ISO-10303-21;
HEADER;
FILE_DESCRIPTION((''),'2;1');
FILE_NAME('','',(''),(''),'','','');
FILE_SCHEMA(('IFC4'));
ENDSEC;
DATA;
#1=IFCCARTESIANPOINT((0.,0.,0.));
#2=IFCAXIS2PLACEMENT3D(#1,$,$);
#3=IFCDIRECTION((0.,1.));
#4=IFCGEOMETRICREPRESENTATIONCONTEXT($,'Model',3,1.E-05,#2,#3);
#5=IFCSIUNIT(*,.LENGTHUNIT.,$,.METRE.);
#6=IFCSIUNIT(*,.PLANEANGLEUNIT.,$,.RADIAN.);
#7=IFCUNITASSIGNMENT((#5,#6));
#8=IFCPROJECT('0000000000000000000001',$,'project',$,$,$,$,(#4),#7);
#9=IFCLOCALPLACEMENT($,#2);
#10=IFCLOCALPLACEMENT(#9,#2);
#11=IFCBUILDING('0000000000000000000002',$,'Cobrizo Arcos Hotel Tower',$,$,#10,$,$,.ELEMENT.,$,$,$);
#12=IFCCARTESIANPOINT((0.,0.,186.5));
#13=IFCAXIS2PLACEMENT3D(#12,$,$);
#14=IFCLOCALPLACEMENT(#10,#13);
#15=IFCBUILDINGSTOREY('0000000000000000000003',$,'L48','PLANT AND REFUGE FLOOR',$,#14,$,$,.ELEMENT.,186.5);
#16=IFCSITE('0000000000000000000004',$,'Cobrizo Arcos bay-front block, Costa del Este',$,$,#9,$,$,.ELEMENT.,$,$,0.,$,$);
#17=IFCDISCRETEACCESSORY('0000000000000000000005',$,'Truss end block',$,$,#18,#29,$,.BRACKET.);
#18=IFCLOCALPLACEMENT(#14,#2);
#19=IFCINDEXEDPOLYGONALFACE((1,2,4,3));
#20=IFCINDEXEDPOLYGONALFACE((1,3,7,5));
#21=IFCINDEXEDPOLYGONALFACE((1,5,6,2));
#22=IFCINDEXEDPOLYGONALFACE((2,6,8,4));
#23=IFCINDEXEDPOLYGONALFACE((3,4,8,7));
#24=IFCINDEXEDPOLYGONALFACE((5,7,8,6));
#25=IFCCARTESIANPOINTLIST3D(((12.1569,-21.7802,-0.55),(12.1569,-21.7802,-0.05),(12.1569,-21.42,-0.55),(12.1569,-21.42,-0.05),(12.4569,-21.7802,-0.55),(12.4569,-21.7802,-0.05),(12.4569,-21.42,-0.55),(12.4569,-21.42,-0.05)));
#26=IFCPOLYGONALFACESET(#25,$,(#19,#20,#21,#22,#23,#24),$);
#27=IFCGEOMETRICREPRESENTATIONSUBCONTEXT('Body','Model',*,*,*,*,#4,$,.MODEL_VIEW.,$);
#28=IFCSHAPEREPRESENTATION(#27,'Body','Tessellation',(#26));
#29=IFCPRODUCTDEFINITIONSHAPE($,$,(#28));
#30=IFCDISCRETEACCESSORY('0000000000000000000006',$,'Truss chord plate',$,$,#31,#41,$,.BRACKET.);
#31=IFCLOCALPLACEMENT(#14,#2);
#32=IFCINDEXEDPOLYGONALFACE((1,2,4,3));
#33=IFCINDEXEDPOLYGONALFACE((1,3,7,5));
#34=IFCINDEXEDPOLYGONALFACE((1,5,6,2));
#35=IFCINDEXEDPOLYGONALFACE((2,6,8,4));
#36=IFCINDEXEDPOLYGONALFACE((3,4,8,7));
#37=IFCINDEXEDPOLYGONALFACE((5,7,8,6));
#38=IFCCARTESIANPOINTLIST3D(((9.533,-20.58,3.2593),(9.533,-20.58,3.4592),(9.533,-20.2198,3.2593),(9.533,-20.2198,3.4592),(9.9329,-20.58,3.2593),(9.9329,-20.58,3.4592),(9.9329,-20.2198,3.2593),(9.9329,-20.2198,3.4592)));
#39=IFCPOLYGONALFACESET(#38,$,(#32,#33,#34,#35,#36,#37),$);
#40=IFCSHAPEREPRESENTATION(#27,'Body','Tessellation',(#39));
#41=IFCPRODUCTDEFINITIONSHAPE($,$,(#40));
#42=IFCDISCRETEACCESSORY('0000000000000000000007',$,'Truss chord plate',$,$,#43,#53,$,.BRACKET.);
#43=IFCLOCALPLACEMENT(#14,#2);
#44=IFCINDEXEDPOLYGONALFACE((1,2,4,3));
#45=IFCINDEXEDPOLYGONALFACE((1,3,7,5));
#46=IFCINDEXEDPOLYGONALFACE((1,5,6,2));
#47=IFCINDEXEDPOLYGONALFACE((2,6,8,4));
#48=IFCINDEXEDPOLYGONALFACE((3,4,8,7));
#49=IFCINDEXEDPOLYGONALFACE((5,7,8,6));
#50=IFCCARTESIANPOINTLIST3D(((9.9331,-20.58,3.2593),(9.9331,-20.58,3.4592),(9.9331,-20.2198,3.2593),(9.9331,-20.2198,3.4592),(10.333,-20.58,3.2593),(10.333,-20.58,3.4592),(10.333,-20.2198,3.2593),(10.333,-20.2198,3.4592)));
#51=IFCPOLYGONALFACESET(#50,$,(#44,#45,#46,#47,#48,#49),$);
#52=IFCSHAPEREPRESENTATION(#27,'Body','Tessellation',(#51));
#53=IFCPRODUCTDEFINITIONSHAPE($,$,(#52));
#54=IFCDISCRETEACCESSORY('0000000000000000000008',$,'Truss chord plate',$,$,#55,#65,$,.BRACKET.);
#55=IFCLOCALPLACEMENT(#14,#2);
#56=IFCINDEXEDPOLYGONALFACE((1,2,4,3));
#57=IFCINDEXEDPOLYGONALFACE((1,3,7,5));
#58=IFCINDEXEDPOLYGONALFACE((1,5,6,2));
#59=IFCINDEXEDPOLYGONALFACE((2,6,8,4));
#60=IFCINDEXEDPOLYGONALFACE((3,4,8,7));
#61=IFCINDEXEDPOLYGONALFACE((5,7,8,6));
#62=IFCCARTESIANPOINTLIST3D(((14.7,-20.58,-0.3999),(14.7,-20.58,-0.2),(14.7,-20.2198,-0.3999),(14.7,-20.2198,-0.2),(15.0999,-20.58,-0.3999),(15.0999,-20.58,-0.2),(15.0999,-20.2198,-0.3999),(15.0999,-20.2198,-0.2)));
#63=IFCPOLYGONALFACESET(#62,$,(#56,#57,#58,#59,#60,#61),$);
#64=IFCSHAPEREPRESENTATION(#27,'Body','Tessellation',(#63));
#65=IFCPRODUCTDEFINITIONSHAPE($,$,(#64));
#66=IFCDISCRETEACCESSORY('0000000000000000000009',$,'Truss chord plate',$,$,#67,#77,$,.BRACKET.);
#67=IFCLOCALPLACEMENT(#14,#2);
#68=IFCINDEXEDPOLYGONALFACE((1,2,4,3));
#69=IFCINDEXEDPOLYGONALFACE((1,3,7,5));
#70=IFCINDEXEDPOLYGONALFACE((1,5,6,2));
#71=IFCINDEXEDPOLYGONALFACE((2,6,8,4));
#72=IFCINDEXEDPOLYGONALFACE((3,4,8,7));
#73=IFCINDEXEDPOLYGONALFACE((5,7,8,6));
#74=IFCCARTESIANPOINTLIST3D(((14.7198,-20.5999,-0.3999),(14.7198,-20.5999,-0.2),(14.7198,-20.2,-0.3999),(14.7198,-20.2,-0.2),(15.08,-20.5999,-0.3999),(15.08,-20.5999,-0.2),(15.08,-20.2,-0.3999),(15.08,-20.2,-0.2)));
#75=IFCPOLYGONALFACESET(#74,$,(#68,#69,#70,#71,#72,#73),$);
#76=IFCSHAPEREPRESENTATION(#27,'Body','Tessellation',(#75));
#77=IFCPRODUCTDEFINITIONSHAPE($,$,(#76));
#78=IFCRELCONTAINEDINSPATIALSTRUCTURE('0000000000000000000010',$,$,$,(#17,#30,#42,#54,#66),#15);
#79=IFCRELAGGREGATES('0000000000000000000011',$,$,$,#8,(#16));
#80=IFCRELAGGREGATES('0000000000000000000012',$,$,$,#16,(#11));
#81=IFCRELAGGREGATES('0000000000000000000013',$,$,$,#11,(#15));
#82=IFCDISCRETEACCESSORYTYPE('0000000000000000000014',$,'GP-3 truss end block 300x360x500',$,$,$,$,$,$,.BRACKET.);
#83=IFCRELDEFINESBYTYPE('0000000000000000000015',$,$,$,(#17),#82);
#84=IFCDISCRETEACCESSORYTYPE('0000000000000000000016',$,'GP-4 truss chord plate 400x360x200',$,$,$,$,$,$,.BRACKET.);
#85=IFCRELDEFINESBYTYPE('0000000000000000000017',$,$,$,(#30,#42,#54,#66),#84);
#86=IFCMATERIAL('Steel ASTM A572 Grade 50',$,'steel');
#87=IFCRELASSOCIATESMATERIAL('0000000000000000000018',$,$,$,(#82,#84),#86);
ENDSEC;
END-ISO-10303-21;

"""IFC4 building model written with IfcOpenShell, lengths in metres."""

from ifc_helpers import new_model, si_unit, direction, frame, origin, origin_2d, place, context, subcontext, project, spatial, rectangle, extrude, material, type_object, element, save


model = new_model("IFC4")

# Units and contexts
model_context = context("Model", 3, precision=1e-05, world=origin(), true_north=direction((0.0, 1.0)))
body_context = subcontext(model_context, "Body", "Model", "MODEL_VIEW")
ifc_project = project(units=[si_unit("LENGTHUNIT", "METRE"), si_unit("PLANEANGLEUNIT", "RADIAN")], contexts=[model_context])

# Site, building, storey
site_placement = place(None, origin())
site = spatial("IfcSite", under=ifc_project, at=site_placement, Name="Cobrizo Arcos bay-front block, Costa del Este", CompositionType="ELEMENT", RefElevation=0.0)
building_placement = place(site_placement, origin())
building = spatial("IfcBuilding", under=site, at=building_placement, Name="Cobrizo Arcos Hotel Tower", CompositionType="ELEMENT")
storey_placement = place(building_placement, frame((0.0, 0.0, 186.5)))
storey = spatial("IfcBuildingStorey", under=building, at=storey_placement, Name="L48", Description="PLANT AND REFUGE FLOOR", CompositionType="ELEMENT", Elevation=186.5)

# Shared definitions
ifc_material_1 = material(Name="Steel ASTM A572 Grade 50", Category="steel")

# Discrete accessories
discrete_accessory_type_1 = type_object("IfcDiscreteAccessoryType", Name="GP-3 truss end block 300x360x500", PredefinedType="BRACKET", material=ifc_material_1)
for number, where, z_axis, x_axis, name in (
    (1, (12.3069, -21.6001, -0.55), (0.0, 0.0, 1.0), (1.0, 0.0, 0.0), "Truss end block"),
):
    element("IfcDiscreteAccessory", number, at=place(storey_placement, frame(where, z_axis=z_axis, x_axis=x_axis)), inside=storey, type_object=discrete_accessory_type_1, Name=name, PredefinedType="BRACKET", context=body_context, shape_type="SweptSolid", body=[
        extrude(rectangle(XDim=0.3, YDim=0.3601, at=origin_2d()), origin(), (0.0, 0.0, 1.0), 0.5),
    ])
discrete_accessory_type_2 = type_object("IfcDiscreteAccessoryType", Name="GP-4 truss chord plate 400x360x200", PredefinedType="BRACKET", material=ifc_material_1)
for number, where, z_axis, x_axis, name in (
    (2, (9.7329, -20.3999, 3.2593), (0.0, 0.0, 1.0), (1.0, 0.0, 0.0), "Truss chord plate"),
    (3, (10.1331, -20.3999, 3.2593), (0.0, 0.0, 1.0), (1.0, 0.0, 0.0), "Truss chord plate"),
    (4, (14.8999, -20.3999, -0.3999), (0.0, 0.0, 1.0), (1.0, 0.0, 0.0), "Truss chord plate"),
    (5, (14.8999, -20.3999, -0.3999), (0.0, 0.0, 1.0), (0.0, 1.0, 0.0), "Truss chord plate"),
):
    element("IfcDiscreteAccessory", number, at=place(storey_placement, frame(where, z_axis=z_axis, x_axis=x_axis)), inside=storey, type_object=discrete_accessory_type_2, Name=name, PredefinedType="BRACKET", context=body_context, shape_type="SweptSolid", body=[
        extrude(rectangle(XDim=0.3999, YDim=0.3601, at=origin_2d()), origin(), (0.0, 0.0, 1.0), 0.2),
    ])

save(model, "model.ifc")
